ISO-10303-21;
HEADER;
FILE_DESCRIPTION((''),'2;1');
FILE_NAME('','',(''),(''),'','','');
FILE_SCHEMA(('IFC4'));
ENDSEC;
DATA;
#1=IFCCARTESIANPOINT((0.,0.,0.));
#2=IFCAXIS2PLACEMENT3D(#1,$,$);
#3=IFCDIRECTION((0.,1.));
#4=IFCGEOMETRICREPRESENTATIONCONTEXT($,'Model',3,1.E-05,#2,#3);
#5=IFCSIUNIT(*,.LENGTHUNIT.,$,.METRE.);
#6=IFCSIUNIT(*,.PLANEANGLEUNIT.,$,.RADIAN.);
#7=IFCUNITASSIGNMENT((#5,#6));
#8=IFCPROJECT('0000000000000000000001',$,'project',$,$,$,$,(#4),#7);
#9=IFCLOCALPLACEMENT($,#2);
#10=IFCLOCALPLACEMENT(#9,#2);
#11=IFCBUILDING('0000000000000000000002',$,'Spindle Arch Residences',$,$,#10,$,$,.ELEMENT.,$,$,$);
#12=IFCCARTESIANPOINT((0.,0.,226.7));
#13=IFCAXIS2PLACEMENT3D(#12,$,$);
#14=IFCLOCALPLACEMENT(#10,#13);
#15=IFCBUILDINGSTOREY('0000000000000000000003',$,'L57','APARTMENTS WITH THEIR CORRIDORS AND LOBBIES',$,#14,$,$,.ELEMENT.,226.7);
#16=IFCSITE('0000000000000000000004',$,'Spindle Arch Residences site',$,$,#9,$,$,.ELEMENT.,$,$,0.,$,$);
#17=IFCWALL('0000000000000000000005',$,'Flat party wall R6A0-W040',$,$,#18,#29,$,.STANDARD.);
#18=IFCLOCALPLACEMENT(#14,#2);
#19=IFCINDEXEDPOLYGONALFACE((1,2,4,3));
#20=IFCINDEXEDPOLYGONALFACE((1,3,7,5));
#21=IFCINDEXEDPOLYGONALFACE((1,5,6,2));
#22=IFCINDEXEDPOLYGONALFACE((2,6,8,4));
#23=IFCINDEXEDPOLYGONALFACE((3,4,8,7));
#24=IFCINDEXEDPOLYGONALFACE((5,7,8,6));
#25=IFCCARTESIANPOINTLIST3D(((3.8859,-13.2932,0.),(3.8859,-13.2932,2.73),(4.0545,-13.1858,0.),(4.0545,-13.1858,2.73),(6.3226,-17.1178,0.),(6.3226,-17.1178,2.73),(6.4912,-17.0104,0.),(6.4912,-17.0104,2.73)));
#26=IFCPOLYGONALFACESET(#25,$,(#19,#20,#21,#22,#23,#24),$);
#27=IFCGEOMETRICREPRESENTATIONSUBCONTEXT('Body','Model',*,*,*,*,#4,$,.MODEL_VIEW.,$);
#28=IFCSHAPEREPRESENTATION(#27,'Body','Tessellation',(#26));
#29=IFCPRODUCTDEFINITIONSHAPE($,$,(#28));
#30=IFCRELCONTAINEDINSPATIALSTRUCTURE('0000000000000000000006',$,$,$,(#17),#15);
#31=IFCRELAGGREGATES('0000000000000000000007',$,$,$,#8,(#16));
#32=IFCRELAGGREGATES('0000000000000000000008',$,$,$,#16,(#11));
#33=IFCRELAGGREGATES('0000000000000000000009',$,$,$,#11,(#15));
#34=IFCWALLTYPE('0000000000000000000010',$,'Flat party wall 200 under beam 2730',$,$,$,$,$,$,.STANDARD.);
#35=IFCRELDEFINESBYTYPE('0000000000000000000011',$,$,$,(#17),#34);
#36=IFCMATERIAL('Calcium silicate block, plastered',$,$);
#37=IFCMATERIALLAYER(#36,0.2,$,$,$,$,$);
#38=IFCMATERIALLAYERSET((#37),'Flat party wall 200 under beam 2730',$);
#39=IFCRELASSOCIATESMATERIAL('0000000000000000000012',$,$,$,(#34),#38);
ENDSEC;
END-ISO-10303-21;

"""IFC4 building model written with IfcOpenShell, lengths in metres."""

from ifc_helpers import new_model, si_unit, direction, frame, frame_2d, origin, place, context, subcontext, project, spatial, rectangle, extrude, material, layer, layer_set, type_object, element, save


model = new_model("IFC4")

# Units and contexts
model_context = context("Model", 3, precision=1e-05, world=origin(), true_north=direction((0.0, 1.0)))
body_context = subcontext(model_context, "Body", "Model", "MODEL_VIEW")
ifc_project = project(units=[si_unit("LENGTHUNIT", "METRE"), si_unit("PLANEANGLEUNIT", "RADIAN")], contexts=[model_context])

# Site, building, storey
site_placement = place(None, origin())
site = spatial("IfcSite", under=ifc_project, at=site_placement, Name="Spindle Arch Residences site", CompositionType="ELEMENT", RefElevation=0.0)
building_placement = place(site_placement, origin())
building = spatial("IfcBuilding", under=site, at=building_placement, Name="Spindle Arch Residences", CompositionType="ELEMENT")
storey_placement = place(building_placement, frame((0.0, 0.0, 226.7)))
storey = spatial("IfcBuildingStorey", under=building, at=storey_placement, Name="L57", Description="APARTMENTS WITH THEIR CORRIDORS AND LOBBIES", CompositionType="ELEMENT", Elevation=226.7)

# Wall
ifc_material_1 = material(Name="Calcium silicate block, plastered")
ifc_layer_1 = layer(ifc_material_1, 0.2)
ifc_layer_set_1 = layer_set([ifc_layer_1], Name="Flat party wall 200 under beam 2730")
wall_type_1 = type_object("IfcWallType", Name="Flat party wall 200 under beam 2730", PredefinedType="STANDARD", material=ifc_layer_set_1)
wall_1_placement = place(storey_placement, frame((6.407, -17.0642, 0.0), z_axis=(0.0, 0.0, 1.0), x_axis=(-0.537325, 0.843375, 0.0)))
element("IfcWall", 1, at=wall_1_placement, inside=storey, type_object=wall_type_1, Name="Flat party wall R6A0-W040", PredefinedType="STANDARD", context=body_context, shape_type="SweptSolid", body=[
    extrude(rectangle(XDim=4.5349, YDim=0.2, at=frame_2d((2.2676, 0.0))), origin(), (0.0, 0.0, 1.0), 2.73),
])

save(model, "model.ifc")
